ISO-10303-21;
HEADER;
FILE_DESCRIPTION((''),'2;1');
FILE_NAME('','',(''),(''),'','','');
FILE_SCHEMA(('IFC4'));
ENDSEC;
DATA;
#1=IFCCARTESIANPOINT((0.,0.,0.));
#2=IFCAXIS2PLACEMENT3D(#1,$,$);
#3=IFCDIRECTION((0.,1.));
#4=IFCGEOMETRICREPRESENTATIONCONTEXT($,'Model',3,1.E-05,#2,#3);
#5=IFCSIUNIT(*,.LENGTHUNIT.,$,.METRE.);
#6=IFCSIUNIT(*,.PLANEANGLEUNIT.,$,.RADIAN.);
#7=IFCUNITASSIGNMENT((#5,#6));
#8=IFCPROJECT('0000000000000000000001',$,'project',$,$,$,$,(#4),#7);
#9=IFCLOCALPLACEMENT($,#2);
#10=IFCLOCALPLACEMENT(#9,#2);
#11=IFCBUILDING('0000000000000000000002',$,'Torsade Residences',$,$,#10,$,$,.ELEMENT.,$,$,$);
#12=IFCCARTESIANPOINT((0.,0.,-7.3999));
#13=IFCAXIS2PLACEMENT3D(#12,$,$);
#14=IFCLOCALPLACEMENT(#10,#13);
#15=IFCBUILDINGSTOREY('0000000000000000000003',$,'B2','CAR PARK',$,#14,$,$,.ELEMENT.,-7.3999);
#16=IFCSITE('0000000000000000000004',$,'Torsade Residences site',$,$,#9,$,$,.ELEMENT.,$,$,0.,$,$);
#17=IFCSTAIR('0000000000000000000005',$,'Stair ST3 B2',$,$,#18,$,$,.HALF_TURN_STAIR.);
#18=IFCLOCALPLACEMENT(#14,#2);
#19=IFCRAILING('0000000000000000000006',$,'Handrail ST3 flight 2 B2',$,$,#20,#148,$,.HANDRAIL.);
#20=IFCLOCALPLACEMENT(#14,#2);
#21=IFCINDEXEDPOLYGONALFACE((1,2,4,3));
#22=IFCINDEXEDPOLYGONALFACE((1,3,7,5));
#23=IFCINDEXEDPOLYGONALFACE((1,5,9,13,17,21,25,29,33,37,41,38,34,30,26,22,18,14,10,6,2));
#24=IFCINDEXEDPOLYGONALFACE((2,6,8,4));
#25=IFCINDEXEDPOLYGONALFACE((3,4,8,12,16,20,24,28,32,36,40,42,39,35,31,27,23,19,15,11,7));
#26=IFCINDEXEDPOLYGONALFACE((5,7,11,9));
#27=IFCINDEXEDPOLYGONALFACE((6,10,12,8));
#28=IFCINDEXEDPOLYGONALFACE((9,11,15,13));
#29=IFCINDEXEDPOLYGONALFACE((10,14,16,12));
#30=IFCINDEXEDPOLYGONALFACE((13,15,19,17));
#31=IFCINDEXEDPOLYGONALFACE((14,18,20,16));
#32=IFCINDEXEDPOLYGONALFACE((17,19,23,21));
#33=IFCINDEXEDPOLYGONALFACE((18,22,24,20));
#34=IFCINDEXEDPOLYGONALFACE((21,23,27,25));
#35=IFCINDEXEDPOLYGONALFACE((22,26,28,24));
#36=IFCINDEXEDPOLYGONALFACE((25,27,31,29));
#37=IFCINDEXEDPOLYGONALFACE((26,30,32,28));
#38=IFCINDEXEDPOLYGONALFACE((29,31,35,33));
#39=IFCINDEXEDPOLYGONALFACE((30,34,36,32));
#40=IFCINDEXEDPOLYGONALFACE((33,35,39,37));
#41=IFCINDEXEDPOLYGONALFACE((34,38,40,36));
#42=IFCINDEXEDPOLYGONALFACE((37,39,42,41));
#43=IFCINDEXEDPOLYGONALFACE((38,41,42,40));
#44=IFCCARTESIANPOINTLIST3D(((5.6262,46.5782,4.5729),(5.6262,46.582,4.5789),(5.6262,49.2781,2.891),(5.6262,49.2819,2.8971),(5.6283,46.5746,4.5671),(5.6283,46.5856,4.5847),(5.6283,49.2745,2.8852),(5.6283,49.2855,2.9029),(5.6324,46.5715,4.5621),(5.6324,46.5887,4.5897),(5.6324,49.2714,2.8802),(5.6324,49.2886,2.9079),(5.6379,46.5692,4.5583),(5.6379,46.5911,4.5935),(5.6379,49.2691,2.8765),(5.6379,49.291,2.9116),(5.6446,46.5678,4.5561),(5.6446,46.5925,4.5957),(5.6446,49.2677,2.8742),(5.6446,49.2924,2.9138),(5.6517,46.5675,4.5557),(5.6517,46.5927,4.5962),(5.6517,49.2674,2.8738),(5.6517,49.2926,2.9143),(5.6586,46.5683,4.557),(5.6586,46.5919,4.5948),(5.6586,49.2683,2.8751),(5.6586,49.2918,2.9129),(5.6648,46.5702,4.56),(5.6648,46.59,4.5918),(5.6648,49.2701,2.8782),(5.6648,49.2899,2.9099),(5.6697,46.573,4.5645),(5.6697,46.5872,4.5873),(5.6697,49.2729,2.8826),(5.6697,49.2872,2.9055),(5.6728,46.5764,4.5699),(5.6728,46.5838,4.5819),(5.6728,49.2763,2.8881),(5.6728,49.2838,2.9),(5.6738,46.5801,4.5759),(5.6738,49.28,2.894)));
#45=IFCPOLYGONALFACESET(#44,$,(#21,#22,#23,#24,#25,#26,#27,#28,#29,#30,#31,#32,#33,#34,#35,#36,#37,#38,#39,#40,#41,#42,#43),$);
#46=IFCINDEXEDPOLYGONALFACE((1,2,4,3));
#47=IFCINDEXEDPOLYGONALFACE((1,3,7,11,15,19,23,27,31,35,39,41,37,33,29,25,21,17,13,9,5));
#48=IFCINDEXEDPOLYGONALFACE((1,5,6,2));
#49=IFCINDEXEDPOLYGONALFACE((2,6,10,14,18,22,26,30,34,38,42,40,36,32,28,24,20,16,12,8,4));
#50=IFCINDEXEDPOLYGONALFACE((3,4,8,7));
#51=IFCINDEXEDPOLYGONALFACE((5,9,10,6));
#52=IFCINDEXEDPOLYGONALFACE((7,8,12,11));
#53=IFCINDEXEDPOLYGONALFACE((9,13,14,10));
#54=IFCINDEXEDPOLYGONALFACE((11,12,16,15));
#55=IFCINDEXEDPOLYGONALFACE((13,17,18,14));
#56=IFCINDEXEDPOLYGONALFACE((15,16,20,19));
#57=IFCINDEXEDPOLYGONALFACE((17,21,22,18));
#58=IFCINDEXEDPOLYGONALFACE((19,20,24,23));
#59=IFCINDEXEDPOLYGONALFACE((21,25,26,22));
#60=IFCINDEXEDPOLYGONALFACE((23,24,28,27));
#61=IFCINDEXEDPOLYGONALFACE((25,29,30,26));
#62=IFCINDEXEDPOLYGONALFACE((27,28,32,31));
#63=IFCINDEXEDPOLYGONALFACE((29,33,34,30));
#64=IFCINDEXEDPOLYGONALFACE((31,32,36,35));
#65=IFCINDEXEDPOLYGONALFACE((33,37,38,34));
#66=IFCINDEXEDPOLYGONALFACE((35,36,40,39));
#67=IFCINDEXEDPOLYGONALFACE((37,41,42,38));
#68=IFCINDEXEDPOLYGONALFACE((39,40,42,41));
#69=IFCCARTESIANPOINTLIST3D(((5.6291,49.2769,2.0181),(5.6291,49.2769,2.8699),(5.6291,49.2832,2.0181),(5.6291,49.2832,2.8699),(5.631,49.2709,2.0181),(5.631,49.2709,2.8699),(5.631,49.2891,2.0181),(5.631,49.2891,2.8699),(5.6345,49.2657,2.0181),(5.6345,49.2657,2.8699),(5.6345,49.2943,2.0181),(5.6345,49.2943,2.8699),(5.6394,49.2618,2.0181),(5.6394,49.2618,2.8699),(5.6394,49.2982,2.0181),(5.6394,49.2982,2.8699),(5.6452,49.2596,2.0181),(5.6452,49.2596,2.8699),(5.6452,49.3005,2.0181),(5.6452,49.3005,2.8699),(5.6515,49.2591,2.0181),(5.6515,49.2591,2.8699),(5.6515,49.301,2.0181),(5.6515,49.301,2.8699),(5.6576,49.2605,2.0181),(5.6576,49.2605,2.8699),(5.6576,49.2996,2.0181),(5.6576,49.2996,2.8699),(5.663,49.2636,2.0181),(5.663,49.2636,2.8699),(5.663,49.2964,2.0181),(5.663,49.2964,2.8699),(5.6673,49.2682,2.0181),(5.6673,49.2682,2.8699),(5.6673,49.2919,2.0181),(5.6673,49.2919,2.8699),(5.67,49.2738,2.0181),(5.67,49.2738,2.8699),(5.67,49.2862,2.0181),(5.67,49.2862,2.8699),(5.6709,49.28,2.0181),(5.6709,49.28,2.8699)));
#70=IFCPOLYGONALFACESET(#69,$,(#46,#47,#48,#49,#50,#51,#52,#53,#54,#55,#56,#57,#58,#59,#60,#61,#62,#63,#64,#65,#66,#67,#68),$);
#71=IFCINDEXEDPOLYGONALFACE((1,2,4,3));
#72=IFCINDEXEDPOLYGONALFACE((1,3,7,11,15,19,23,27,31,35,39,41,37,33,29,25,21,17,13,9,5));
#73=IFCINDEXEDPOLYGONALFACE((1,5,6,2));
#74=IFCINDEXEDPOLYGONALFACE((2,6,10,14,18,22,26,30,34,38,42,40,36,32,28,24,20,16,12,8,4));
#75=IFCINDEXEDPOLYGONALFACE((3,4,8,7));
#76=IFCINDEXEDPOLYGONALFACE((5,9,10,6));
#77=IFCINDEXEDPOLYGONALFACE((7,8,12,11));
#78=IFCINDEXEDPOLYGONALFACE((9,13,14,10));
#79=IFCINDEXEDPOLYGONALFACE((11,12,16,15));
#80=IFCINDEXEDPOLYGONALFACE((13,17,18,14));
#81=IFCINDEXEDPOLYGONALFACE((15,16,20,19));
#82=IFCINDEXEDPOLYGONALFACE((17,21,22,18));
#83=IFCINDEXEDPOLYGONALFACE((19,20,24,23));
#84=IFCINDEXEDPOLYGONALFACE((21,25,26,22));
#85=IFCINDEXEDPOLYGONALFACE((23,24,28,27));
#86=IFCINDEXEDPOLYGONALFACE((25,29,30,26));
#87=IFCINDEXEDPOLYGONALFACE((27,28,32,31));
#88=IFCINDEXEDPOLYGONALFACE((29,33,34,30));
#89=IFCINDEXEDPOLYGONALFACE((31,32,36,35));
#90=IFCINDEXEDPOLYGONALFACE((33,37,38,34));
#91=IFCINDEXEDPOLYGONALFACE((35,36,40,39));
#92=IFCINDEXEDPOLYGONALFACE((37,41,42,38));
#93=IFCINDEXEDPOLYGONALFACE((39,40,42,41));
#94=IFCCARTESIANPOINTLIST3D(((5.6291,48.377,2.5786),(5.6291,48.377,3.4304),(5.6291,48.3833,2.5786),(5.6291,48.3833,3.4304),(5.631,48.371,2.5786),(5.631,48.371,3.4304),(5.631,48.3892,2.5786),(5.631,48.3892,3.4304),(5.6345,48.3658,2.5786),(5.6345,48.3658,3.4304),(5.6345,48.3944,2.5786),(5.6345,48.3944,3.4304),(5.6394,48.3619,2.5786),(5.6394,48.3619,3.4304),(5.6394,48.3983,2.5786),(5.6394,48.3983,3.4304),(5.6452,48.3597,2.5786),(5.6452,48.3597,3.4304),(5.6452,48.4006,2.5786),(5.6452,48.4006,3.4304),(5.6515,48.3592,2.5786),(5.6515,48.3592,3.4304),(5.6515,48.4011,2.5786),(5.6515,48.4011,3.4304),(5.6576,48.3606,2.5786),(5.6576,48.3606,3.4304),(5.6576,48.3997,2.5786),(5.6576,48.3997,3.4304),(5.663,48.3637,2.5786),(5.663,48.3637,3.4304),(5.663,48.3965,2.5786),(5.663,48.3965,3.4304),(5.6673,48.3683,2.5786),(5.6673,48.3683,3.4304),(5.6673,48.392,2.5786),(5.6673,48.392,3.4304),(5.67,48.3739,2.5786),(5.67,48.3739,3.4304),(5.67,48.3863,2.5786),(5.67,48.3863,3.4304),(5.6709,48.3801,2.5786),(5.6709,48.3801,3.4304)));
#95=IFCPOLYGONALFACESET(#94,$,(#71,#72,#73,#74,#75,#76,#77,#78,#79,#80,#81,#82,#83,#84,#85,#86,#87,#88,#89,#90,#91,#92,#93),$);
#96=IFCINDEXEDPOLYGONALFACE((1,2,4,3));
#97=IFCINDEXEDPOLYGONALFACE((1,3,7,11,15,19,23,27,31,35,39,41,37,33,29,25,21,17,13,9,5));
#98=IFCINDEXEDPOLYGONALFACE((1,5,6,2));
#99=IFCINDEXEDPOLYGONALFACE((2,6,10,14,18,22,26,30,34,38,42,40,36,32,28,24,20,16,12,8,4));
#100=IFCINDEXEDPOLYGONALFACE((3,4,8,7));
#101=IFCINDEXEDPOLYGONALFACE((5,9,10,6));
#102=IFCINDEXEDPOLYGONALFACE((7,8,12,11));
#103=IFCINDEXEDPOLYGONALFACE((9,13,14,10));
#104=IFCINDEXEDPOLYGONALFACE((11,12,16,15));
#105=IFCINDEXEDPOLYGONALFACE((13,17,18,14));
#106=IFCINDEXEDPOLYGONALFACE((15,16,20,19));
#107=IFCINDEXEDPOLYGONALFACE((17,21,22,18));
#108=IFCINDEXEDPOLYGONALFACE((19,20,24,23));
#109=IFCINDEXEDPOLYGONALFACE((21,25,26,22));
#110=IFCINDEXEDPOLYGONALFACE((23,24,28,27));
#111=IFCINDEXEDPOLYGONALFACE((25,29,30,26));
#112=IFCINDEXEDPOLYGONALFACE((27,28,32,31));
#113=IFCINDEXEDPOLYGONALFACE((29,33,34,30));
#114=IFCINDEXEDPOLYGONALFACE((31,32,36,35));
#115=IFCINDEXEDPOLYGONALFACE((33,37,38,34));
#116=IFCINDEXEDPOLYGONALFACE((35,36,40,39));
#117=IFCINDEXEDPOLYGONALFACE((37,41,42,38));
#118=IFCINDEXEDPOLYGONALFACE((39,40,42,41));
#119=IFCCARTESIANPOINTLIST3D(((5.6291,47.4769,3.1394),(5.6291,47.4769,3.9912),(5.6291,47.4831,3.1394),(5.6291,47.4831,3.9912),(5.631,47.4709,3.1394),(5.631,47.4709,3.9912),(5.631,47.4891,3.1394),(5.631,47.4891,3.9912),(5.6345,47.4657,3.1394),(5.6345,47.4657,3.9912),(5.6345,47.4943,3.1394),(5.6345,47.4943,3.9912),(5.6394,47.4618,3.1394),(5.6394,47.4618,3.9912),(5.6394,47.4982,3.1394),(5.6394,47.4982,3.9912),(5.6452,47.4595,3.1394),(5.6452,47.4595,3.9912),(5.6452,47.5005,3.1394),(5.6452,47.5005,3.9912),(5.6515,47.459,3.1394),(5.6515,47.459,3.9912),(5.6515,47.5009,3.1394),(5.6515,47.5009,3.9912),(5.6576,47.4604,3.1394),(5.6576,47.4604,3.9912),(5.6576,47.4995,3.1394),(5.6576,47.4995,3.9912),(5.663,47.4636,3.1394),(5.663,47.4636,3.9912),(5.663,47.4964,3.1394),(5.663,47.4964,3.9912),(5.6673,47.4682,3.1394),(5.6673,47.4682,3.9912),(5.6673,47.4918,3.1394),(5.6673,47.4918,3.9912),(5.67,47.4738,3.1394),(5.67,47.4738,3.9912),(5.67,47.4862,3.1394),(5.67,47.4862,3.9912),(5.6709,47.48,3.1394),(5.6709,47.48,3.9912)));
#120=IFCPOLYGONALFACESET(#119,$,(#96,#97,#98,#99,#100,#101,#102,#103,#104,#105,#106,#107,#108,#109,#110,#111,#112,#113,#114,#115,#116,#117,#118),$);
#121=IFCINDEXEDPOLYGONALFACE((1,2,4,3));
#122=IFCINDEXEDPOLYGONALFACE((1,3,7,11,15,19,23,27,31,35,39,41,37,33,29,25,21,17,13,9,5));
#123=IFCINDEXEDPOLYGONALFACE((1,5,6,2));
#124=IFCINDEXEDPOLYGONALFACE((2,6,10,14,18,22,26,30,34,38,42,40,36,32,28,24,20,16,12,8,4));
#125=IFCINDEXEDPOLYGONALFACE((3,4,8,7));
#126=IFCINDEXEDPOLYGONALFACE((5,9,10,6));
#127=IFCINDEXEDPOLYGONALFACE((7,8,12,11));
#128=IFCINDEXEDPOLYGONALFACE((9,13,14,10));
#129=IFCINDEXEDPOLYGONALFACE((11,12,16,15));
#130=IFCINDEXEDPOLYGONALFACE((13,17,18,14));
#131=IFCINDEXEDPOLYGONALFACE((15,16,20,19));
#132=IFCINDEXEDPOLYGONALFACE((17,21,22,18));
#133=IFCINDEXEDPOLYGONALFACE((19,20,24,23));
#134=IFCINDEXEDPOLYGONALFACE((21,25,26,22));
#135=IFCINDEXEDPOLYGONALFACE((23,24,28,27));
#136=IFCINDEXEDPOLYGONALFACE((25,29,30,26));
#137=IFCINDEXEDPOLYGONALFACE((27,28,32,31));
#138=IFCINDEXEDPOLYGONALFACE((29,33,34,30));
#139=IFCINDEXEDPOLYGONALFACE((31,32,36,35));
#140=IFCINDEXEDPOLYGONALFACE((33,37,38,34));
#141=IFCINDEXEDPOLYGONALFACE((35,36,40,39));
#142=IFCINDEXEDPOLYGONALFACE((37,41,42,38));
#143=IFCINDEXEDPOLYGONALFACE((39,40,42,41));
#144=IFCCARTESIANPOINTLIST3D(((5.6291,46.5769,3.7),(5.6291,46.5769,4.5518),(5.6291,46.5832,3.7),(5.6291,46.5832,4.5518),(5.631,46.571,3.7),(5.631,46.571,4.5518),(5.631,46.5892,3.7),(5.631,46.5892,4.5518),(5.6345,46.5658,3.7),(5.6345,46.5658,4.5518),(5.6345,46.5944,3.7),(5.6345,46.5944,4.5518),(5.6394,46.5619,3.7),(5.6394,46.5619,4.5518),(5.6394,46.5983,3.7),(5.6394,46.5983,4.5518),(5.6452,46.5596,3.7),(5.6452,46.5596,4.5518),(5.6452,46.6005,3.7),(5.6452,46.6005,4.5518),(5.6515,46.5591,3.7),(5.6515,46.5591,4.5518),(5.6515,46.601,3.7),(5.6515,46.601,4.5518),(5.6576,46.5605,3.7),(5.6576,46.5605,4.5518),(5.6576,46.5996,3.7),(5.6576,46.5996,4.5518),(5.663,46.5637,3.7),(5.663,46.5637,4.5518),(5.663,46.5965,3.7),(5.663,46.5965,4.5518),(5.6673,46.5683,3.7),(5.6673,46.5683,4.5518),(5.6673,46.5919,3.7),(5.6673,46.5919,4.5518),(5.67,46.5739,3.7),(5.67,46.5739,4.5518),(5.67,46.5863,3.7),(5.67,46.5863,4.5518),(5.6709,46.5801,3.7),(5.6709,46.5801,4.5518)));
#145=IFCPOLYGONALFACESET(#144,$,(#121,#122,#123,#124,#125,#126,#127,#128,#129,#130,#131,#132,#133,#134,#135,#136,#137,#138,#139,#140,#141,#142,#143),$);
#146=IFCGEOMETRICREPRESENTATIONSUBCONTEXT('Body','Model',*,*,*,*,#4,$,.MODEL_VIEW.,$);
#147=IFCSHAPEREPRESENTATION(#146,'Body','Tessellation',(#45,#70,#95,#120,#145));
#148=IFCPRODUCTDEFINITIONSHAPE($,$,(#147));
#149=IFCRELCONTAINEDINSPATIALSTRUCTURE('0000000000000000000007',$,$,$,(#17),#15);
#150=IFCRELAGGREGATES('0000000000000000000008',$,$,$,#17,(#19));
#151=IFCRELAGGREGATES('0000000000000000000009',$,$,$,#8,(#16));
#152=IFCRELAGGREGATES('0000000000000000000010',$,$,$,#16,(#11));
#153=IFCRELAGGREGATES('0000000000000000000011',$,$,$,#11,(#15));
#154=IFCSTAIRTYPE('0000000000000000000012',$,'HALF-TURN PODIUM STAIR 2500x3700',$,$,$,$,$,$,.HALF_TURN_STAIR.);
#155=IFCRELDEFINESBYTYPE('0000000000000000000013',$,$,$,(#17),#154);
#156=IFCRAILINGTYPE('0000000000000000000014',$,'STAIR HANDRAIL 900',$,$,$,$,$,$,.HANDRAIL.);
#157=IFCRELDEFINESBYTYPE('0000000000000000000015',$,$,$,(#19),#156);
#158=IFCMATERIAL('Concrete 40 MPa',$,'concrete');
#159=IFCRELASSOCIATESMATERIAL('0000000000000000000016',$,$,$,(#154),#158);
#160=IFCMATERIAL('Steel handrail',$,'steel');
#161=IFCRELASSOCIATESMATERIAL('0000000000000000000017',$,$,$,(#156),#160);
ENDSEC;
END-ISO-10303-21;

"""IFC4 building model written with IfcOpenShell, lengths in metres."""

from ifc_helpers import new_model, si_unit, direction, frame, origin, origin_2d, place, context, subcontext, project, spatial, circle, extrude, material, type_object, element, aggregate, save


model = new_model("IFC4")

# Units and contexts
model_context = context("Model", 3, precision=1e-05, world=origin(), true_north=direction((0.0, 1.0)))
body_context = subcontext(model_context, "Body", "Model", "MODEL_VIEW")
ifc_project = project(units=[si_unit("LENGTHUNIT", "METRE"), si_unit("PLANEANGLEUNIT", "RADIAN")], contexts=[model_context])

# Site, building, storey
site_placement = place(None, origin())
site = spatial("IfcSite", under=ifc_project, at=site_placement, Name="Torsade Residences site", CompositionType="ELEMENT", RefElevation=0.0)
building_placement = place(site_placement, origin())
building = spatial("IfcBuilding", under=site, at=building_placement, Name="Torsade Residences", CompositionType="ELEMENT")
storey_placement = place(building_placement, frame((0.0, 0.0, -7.3999)))
storey = spatial("IfcBuildingStorey", under=building, at=storey_placement, Name="B2", Description="CAR PARK", CompositionType="ELEMENT", Elevation=-7.3999)

# Stair, railing
ifc_material_1 = material(Name="Concrete 40 MPa", Category="concrete")
stair_type = type_object("IfcStairType", Name="HALF-TURN PODIUM STAIR 2500x3700", PredefinedType="HALF_TURN_STAIR", material=ifc_material_1)
stair_placement = place(storey_placement, origin())
stair = element("IfcStair", 1, at=stair_placement, inside=storey, type_object=stair_type, Name="Stair ST3 B2", PredefinedType="HALF_TURN_STAIR")
ifc_material_2 = material(Name="Steel handrail", Category="steel")
railing_type = type_object("IfcRailingType", Name="STAIR HANDRAIL 900", PredefinedType="HANDRAIL", material=ifc_material_2)
railing_1_placement = place(storey_placement, frame((5.6499, 49.28, 2.0181)))
railing_1 = element("IfcRailing", 2, at=railing_1_placement, type_object=railing_type, Name="Handrail ST3 flight 2 B2", PredefinedType="HANDRAIL", context=body_context, shape_type="SweptSolid", body=[
    extrude(circle(Radius=0.0239, at=origin_2d()), frame((0.0, 0.0, 0.876), z_axis=(0.0, -0.848786, 0.528736), x_axis=(1.0, 0.0, 0.0)), (0.0, 0.0, 1.0), 3.1809),
    extrude(circle(Radius=0.021, at=origin_2d()), origin(), (0.0, 0.0, 1.0), 0.8518),
    extrude(circle(Radius=0.021, at=origin_2d()), frame((0.0, -0.8999, 0.5605)), (0.0, 0.0, 1.0), 0.8518),
    extrude(circle(Radius=0.021, at=origin_2d()), frame((0.0, -1.8, 1.1213)), (0.0, 0.0, 1.0), 0.8518),
    extrude(circle(Radius=0.021, at=origin_2d()), frame((0.0, -2.7, 1.6819)), (0.0, 0.0, 1.0), 0.8518),
])
aggregate(stair, [railing_1])

save(model, "model.ifc")
